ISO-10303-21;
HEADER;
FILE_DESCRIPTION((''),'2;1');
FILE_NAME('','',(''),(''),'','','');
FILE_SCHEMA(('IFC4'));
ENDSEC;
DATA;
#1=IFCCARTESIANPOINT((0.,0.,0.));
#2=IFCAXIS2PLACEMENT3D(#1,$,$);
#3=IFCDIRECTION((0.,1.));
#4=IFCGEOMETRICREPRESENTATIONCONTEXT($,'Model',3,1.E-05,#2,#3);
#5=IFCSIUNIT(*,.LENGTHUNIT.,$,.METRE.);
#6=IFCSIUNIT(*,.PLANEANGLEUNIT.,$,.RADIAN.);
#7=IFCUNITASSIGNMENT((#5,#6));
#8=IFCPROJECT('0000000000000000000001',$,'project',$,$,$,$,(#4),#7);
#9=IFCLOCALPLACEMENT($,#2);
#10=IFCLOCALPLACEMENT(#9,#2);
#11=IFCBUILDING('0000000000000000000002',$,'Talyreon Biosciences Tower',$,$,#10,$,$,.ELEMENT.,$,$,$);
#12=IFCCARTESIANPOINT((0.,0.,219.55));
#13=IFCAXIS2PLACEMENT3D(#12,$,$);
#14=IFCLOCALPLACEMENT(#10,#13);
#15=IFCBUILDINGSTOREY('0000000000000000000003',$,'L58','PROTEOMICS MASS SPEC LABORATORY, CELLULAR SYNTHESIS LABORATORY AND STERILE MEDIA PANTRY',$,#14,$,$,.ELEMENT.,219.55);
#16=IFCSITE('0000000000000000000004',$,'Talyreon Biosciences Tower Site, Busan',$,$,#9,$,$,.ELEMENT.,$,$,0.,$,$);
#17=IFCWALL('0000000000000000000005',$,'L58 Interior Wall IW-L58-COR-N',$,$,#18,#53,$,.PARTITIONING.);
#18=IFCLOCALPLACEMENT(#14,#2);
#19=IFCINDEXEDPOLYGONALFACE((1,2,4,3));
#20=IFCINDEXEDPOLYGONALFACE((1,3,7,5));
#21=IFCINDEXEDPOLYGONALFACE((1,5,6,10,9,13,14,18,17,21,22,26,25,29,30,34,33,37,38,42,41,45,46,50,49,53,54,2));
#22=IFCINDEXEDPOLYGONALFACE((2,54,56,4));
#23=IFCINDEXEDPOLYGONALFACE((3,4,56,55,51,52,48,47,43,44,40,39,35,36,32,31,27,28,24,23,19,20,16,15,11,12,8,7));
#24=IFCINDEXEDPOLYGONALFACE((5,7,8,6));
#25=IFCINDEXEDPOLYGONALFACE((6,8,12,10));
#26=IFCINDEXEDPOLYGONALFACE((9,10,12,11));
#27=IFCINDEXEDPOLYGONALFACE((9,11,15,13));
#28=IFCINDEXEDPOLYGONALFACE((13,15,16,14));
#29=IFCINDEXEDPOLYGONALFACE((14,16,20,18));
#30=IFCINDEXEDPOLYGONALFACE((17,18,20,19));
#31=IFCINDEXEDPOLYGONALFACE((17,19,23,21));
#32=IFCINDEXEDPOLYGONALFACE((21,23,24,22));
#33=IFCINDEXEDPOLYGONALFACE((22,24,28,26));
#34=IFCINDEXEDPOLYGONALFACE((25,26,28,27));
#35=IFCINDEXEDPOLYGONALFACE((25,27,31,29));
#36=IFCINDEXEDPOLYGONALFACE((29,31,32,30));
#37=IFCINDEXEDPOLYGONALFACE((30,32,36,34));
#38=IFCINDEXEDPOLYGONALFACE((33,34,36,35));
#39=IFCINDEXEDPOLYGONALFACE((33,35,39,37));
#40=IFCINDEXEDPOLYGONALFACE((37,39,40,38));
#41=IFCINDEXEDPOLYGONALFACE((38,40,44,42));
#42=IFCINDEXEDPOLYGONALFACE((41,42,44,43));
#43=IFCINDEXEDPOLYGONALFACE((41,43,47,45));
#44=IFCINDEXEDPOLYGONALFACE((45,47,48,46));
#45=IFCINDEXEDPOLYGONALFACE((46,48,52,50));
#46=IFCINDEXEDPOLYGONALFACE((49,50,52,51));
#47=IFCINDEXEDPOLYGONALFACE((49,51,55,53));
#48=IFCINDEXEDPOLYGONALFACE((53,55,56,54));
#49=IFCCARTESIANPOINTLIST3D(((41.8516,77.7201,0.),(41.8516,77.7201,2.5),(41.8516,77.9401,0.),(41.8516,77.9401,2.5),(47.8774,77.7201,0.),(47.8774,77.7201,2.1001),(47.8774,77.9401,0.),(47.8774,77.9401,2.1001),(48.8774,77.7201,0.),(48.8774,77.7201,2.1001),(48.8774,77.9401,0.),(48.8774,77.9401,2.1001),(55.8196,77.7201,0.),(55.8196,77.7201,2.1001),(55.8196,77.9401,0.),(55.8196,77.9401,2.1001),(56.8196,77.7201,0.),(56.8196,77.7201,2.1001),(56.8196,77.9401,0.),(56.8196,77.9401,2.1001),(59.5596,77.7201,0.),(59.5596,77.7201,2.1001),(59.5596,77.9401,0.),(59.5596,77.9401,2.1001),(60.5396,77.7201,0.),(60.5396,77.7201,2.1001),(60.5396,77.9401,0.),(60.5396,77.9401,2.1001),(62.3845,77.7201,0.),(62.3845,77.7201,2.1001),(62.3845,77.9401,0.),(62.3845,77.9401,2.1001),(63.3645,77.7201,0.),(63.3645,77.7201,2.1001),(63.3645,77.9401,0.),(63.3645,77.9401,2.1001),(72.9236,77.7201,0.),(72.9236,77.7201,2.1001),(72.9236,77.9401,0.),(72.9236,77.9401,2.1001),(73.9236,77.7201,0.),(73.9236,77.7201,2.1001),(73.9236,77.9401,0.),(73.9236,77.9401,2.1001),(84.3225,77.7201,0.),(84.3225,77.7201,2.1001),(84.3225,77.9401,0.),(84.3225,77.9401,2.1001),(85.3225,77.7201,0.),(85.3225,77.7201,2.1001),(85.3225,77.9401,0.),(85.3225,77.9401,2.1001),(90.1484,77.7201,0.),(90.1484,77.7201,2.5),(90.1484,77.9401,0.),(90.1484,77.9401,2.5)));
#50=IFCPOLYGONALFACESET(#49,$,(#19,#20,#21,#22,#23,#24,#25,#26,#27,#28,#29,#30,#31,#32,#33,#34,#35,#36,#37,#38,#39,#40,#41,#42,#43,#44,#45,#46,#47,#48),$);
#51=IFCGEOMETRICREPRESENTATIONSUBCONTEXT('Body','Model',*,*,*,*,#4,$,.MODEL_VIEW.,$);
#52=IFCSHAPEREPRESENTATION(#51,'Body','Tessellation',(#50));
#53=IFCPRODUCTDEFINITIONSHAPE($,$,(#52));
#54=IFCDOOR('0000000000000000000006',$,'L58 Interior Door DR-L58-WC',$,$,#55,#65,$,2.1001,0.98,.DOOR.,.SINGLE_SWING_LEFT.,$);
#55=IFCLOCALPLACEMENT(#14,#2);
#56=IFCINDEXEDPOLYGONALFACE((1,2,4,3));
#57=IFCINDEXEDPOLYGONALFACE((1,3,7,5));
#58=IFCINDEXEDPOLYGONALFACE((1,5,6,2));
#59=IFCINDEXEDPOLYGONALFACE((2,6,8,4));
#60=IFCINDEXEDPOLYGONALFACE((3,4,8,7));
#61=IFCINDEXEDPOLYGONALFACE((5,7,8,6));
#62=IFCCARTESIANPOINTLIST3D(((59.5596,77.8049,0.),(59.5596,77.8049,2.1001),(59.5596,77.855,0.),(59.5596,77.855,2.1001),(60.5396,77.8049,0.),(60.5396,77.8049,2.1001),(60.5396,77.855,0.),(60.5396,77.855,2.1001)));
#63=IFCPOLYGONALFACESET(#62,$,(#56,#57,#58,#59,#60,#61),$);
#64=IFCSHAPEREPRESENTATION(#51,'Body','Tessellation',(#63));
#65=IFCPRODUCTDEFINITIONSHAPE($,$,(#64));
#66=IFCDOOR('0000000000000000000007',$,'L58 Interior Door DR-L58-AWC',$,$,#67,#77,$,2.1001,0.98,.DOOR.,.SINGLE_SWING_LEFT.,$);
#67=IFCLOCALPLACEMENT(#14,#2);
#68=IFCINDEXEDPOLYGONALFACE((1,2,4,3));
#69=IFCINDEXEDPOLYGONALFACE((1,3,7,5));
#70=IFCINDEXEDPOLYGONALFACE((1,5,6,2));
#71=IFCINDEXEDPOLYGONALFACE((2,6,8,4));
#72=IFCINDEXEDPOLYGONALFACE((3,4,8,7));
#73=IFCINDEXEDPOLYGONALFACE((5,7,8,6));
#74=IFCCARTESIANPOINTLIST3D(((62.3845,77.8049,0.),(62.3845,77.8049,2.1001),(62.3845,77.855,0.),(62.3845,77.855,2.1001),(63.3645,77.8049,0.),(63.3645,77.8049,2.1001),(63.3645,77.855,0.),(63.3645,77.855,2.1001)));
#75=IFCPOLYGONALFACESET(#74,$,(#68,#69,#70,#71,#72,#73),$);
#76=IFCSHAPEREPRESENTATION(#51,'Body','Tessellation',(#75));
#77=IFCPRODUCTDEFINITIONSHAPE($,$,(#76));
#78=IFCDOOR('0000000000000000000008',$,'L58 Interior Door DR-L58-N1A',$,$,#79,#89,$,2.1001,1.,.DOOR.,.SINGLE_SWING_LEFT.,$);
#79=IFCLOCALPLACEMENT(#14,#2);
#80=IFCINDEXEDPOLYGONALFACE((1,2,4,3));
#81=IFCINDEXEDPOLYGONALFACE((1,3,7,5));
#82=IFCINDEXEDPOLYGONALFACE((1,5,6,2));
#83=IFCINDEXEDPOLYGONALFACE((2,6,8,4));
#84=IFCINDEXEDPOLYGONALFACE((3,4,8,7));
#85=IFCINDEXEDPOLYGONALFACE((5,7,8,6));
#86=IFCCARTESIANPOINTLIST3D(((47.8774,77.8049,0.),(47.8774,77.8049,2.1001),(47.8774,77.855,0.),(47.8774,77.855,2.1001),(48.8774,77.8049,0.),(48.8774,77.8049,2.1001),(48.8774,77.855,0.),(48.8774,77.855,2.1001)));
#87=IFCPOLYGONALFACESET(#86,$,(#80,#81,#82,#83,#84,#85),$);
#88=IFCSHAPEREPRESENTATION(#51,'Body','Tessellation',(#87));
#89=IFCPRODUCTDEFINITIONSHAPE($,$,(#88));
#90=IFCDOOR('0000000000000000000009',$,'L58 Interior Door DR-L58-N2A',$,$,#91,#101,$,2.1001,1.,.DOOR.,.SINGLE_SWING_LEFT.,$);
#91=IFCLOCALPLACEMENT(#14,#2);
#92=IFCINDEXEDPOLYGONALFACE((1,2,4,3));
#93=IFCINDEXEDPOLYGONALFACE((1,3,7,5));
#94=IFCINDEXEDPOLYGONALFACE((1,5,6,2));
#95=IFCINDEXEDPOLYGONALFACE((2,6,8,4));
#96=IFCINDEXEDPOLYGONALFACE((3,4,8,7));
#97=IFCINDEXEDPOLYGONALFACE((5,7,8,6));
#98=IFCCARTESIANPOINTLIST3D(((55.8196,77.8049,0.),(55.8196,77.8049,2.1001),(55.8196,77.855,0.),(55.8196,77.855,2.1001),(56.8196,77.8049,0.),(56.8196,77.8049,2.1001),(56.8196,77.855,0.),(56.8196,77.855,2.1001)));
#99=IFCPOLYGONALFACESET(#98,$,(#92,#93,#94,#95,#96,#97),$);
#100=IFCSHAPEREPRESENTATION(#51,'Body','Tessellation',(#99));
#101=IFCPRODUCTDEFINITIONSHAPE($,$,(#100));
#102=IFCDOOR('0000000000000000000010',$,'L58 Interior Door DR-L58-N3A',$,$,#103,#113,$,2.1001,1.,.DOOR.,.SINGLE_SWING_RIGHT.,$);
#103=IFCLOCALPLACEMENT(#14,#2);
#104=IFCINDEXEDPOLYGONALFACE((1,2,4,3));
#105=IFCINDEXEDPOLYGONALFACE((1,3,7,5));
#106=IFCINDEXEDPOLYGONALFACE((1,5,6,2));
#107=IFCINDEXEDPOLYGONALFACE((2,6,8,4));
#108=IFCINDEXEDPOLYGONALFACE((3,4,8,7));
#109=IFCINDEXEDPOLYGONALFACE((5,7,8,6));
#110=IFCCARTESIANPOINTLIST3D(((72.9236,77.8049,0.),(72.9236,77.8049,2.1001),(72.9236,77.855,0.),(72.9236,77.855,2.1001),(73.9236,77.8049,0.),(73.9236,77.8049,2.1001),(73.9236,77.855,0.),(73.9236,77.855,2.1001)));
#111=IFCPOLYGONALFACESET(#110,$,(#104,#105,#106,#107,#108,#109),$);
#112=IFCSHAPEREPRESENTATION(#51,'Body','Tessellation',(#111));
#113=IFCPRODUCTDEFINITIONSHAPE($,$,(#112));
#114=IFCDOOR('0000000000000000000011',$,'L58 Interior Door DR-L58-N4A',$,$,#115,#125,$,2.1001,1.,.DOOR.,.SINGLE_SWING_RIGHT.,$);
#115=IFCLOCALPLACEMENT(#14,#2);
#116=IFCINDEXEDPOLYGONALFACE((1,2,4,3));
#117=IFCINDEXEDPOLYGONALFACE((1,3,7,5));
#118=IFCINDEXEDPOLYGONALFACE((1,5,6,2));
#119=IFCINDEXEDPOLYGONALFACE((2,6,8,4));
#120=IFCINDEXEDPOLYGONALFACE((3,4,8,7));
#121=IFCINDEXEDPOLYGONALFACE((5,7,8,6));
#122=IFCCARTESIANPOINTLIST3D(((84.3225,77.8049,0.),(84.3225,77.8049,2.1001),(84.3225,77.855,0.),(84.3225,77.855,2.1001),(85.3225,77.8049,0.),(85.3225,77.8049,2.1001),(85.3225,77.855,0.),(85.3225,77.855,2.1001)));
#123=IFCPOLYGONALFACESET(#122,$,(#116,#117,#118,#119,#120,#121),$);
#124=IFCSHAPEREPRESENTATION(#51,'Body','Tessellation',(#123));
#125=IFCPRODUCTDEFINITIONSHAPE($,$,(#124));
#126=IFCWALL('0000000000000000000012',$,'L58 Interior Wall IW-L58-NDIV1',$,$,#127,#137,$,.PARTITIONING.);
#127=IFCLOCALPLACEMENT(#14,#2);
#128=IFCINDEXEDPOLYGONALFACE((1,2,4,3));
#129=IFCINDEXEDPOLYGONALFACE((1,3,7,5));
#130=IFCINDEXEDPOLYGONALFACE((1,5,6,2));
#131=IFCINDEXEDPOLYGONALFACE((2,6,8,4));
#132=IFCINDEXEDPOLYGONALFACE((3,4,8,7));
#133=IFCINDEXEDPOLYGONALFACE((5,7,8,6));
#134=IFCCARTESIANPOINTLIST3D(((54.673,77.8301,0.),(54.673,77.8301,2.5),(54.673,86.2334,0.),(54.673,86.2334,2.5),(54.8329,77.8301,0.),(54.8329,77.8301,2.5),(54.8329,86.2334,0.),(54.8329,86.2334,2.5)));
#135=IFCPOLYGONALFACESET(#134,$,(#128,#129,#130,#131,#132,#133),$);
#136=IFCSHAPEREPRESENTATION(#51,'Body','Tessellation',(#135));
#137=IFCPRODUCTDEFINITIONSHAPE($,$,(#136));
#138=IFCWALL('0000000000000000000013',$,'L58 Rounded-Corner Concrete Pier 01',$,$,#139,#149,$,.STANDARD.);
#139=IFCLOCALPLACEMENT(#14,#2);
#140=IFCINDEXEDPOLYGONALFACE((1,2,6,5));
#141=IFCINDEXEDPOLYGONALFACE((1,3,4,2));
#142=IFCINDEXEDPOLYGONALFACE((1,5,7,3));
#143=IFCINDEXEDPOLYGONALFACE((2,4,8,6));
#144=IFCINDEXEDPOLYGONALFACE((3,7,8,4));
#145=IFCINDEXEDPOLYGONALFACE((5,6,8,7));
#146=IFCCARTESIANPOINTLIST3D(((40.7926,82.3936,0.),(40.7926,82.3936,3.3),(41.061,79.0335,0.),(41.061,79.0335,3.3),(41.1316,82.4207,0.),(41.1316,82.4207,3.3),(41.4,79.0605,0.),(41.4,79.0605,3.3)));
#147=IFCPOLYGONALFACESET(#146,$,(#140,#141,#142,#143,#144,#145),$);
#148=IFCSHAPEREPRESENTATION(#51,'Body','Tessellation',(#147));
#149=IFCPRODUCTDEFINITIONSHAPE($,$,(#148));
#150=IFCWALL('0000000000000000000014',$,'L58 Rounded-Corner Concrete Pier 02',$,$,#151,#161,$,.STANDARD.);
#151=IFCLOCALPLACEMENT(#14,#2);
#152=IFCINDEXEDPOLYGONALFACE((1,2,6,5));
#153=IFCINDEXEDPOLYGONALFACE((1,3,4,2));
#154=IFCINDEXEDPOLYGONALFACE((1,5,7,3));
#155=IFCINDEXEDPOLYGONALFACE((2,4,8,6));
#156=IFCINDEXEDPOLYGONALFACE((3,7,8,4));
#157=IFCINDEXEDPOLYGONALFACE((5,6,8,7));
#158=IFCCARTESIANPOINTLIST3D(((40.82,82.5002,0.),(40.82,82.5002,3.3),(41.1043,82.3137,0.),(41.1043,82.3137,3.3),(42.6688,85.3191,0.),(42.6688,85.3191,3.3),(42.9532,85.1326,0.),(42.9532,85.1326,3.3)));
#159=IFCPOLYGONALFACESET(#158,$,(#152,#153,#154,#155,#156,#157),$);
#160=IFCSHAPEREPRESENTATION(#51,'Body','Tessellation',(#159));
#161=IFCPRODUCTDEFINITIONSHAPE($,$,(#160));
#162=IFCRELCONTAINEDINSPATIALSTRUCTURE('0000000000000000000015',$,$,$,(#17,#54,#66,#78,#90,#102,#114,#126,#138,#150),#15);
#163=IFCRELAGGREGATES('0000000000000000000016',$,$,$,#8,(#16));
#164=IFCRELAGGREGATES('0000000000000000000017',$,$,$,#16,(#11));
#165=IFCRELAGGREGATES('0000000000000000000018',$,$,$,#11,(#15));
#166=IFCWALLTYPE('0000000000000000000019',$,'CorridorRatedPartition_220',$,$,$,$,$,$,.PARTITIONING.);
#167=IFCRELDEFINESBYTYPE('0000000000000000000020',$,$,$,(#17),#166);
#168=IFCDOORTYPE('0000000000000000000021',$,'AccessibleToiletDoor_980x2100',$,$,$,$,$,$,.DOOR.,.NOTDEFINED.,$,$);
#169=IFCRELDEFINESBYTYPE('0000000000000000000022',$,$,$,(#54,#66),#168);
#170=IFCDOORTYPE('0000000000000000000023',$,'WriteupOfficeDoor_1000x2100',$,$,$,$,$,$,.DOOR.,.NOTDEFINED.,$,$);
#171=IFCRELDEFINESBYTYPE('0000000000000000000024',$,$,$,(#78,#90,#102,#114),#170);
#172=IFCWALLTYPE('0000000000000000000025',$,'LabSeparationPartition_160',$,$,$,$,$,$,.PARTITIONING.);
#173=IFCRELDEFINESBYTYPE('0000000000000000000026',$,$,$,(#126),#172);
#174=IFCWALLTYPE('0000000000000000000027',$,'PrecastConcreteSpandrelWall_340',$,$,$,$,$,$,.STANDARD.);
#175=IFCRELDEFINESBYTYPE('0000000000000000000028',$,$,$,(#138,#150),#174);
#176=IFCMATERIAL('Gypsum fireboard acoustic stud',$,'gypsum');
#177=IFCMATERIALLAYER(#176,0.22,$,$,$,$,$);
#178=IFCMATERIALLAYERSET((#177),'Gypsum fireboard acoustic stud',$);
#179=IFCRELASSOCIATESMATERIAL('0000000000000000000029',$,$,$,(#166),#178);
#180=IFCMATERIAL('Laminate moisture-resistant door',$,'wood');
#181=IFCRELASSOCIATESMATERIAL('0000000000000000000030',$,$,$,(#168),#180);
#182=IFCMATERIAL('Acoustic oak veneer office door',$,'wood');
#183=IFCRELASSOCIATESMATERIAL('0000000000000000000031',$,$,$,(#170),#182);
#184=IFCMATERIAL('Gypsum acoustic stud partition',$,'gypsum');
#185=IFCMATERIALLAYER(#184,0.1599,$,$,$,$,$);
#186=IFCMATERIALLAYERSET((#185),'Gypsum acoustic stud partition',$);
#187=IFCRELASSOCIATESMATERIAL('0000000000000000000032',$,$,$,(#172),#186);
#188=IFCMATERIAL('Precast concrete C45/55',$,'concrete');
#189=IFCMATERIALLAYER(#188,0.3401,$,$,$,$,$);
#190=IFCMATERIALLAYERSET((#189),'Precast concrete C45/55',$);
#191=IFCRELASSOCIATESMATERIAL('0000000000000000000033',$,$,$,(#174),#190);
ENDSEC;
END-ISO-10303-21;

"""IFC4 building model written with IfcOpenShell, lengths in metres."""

from ifc_helpers import new_model, si_unit, direction, frame, frame_2d, origin, place, context, subcontext, project, spatial, rectangle, extrude, material, layer, layer_set, type_object, element, fill, save


model = new_model("IFC4")

# Units and contexts
model_context = context("Model", 3, precision=1e-05, world=origin(), true_north=direction((0.0, 1.0)))
body_context = subcontext(model_context, "Body", "Model", "MODEL_VIEW")
ifc_project = project(units=[si_unit("LENGTHUNIT", "METRE"), si_unit("PLANEANGLEUNIT", "RADIAN")], contexts=[model_context])

# Site, building, storey
site_placement = place(None, origin())
site = spatial("IfcSite", under=ifc_project, at=site_placement, Name="Talyreon Biosciences Tower Site, Busan", CompositionType="ELEMENT", RefElevation=0.0)
building_placement = place(site_placement, origin())
building = spatial("IfcBuilding", under=site, at=building_placement, Name="Talyreon Biosciences Tower", CompositionType="ELEMENT")
storey_placement = place(building_placement, frame((0.0, 0.0, 219.55)))
storey = spatial("IfcBuildingStorey", under=building, at=storey_placement, Name="L58", Description="PROTEOMICS MASS SPEC LABORATORY, CELLULAR SYNTHESIS LABORATORY AND STERILE MEDIA PANTRY", CompositionType="ELEMENT", Elevation=219.55)

# Shared definitions
ifc_material_1 = material(Name="Precast concrete C45/55", Category="concrete")

# Wall, openings, doors
ifc_material_2 = material(Name="Gypsum fireboard acoustic stud", Category="gypsum")
ifc_layer_1 = layer(ifc_material_2, 0.22)
ifc_layer_set_1 = layer_set([ifc_layer_1], Name="Gypsum fireboard acoustic stud")
wall_type_1 = type_object("IfcWallType", Name="CorridorRatedPartition_220", PredefinedType="PARTITIONING", material=ifc_layer_set_1)
wall_1_placement = place(storey_placement, frame((41.8516, 77.8301, 0.0), z_axis=(0.0, 0.0, 1.0), x_axis=(1.0, 0.0, 0.0)))
wall_1 = element("IfcWall", 1, at=wall_1_placement, inside=storey, type_object=wall_type_1, Name="L58 Interior Wall IW-L58-COR-N", PredefinedType="PARTITIONING", context=body_context, shape_type="SweptSolid", body=[
    extrude(rectangle(XDim=48.2969, YDim=0.22, at=frame_2d((24.1484, 0.0))), origin(), (0.0, 0.0, 1.0), 2.5),
])
opening_1_placement = place(wall_1_placement, frame((17.708, 0.0, 0.0)))
opening_1 = element("IfcOpeningElement", 2, at=opening_1_placement, cuts=wall_1, PredefinedType="OPENING", context=body_context, shape_type="SweptSolid", body=[
    extrude(rectangle(XDim=0.98, YDim=2.1001, at=frame_2d((0.49, 1.05))), frame((0.0, 0.1199, 0.0), z_axis=(0.0, -1.0, 0.0), x_axis=(1.0, 0.0, 0.0)), (0.0, 0.0, 1.0), 0.24),
])
opening_2_placement = place(wall_1_placement, frame((20.533, 0.0, 0.0)))
opening_2 = element("IfcOpeningElement", 3, at=opening_2_placement, cuts=wall_1, PredefinedType="OPENING", context=body_context, shape_type="SweptSolid", body=[
    extrude(rectangle(XDim=0.98, YDim=2.1001, at=frame_2d((0.49, 1.05))), frame((0.0, 0.1199, 0.0), z_axis=(0.0, -1.0, 0.0), x_axis=(1.0, 0.0, 0.0)), (0.0, 0.0, 1.0), 0.24),
])
opening_3_placement = place(wall_1_placement, frame((6.0259, 0.0, 0.0)))
opening_3 = element("IfcOpeningElement", 4, at=opening_3_placement, cuts=wall_1, PredefinedType="OPENING", context=body_context, shape_type="SweptSolid", body=[
    extrude(rectangle(XDim=1.0, YDim=2.1001, at=frame_2d((0.5, 1.05))), frame((0.0, 0.1199, 0.0), z_axis=(0.0, -1.0, 0.0), x_axis=(1.0, 0.0, 0.0)), (0.0, 0.0, 1.0), 0.24),
])
opening_4_placement = place(wall_1_placement, frame((13.968, 0.0, 0.0)))
opening_4 = element("IfcOpeningElement", 5, at=opening_4_placement, cuts=wall_1, PredefinedType="OPENING", context=body_context, shape_type="SweptSolid", body=[
    extrude(rectangle(XDim=1.0, YDim=2.1001, at=frame_2d((0.5, 1.05))), frame((0.0, 0.1199, 0.0), z_axis=(0.0, -1.0, 0.0), x_axis=(1.0, 0.0, 0.0)), (0.0, 0.0, 1.0), 0.24),
])
opening_5_placement = place(wall_1_placement, frame((31.072, 0.0, 0.0)))
opening_5 = element("IfcOpeningElement", 6, at=opening_5_placement, cuts=wall_1, PredefinedType="OPENING", context=body_context, shape_type="SweptSolid", body=[
    extrude(rectangle(XDim=1.0, YDim=2.1001, at=frame_2d((0.5, 1.05))), frame((0.0, 0.1199, 0.0), z_axis=(0.0, -1.0, 0.0), x_axis=(1.0, 0.0, 0.0)), (0.0, 0.0, 1.0), 0.24),
])
opening_6_placement = place(wall_1_placement, frame((42.4709, 0.0, 0.0)))
opening_6 = element("IfcOpeningElement", 7, at=opening_6_placement, cuts=wall_1, PredefinedType="OPENING", context=body_context, shape_type="SweptSolid", body=[
    extrude(rectangle(XDim=1.0, YDim=2.1001, at=frame_2d((0.5, 1.05))), frame((0.0, 0.1199, 0.0), z_axis=(0.0, -1.0, 0.0), x_axis=(1.0, 0.0, 0.0)), (0.0, 0.0, 1.0), 0.24),
])
ifc_material_3 = material(Name="Laminate moisture-resistant door", Category="wood")
door_type_1 = type_object("IfcDoorType", Name="AccessibleToiletDoor_980x2100", OperationType="NOTDEFINED", PredefinedType="DOOR", material=ifc_material_3)
door_1_placement = place(opening_1_placement, origin())
door_1 = element("IfcDoor", 8, at=door_1_placement, inside=storey, type_object=door_type_1, Name="L58 Interior Door DR-L58-WC", OperationType="SINGLE_SWING_LEFT", OverallHeight=2.1001, OverallWidth=0.98, PredefinedType="DOOR", context=body_context, shape_type="SweptSolid", body=[
    extrude(rectangle(XDim=0.98, YDim=2.1001, at=frame_2d((0.49, 1.05))), frame((0.0, 0.0249, 0.0), z_axis=(0.0, -1.0, 0.0), x_axis=(1.0, 0.0, 0.0)), (0.0, 0.0, 1.0), 0.05),
])
fill(opening_1, door_1)
door_2_placement = place(opening_2_placement, origin())
door_2 = element("IfcDoor", 9, at=door_2_placement, inside=storey, type_object=door_type_1, Name="L58 Interior Door DR-L58-AWC", OperationType="SINGLE_SWING_LEFT", OverallHeight=2.1001, OverallWidth=0.98, PredefinedType="DOOR", context=body_context, shape_type="SweptSolid", body=[
    extrude(rectangle(XDim=0.98, YDim=2.1001, at=frame_2d((0.49, 1.05))), frame((0.0, 0.0249, 0.0), z_axis=(0.0, -1.0, 0.0), x_axis=(1.0, 0.0, 0.0)), (0.0, 0.0, 1.0), 0.05),
])
fill(opening_2, door_2)
ifc_material_4 = material(Name="Acoustic oak veneer office door", Category="wood")
door_type_2 = type_object("IfcDoorType", Name="WriteupOfficeDoor_1000x2100", OperationType="NOTDEFINED", PredefinedType="DOOR", material=ifc_material_4)
door_3_placement = place(opening_3_placement, origin())
door_3 = element("IfcDoor", 10, at=door_3_placement, inside=storey, type_object=door_type_2, Name="L58 Interior Door DR-L58-N1A", OperationType="SINGLE_SWING_LEFT", OverallHeight=2.1001, OverallWidth=1.0, PredefinedType="DOOR", context=body_context, shape_type="SweptSolid", body=[
    extrude(rectangle(XDim=1.0, YDim=2.1001, at=frame_2d((0.5, 1.05))), frame((0.0, 0.0249, 0.0), z_axis=(0.0, -1.0, 0.0), x_axis=(1.0, 0.0, 0.0)), (0.0, 0.0, 1.0), 0.05),
])
fill(opening_3, door_3)
door_4_placement = place(opening_4_placement, origin())
door_4 = element("IfcDoor", 11, at=door_4_placement, inside=storey, type_object=door_type_2, Name="L58 Interior Door DR-L58-N2A", OperationType="SINGLE_SWING_LEFT", OverallHeight=2.1001, OverallWidth=1.0, PredefinedType="DOOR", context=body_context, shape_type="SweptSolid", body=[
    extrude(rectangle(XDim=1.0, YDim=2.1001, at=frame_2d((0.5, 1.05))), frame((0.0, 0.0249, 0.0), z_axis=(0.0, -1.0, 0.0), x_axis=(1.0, 0.0, 0.0)), (0.0, 0.0, 1.0), 0.05),
])
fill(opening_4, door_4)
door_5_placement = place(opening_5_placement, origin())
door_5 = element("IfcDoor", 12, at=door_5_placement, inside=storey, type_object=door_type_2, Name="L58 Interior Door DR-L58-N3A", OperationType="SINGLE_SWING_RIGHT", OverallHeight=2.1001, OverallWidth=1.0, PredefinedType="DOOR", context=body_context, shape_type="SweptSolid", body=[
    extrude(rectangle(XDim=1.0, YDim=2.1001, at=frame_2d((0.5, 1.05))), frame((0.0, 0.0249, 0.0), z_axis=(0.0, -1.0, 0.0), x_axis=(1.0, 0.0, 0.0)), (0.0, 0.0, 1.0), 0.05),
])
fill(opening_5, door_5)
door_6_placement = place(opening_6_placement, origin())
door_6 = element("IfcDoor", 13, at=door_6_placement, inside=storey, type_object=door_type_2, Name="L58 Interior Door DR-L58-N4A", OperationType="SINGLE_SWING_RIGHT", OverallHeight=2.1001, OverallWidth=1.0, PredefinedType="DOOR", context=body_context, shape_type="SweptSolid", body=[
    extrude(rectangle(XDim=1.0, YDim=2.1001, at=frame_2d((0.5, 1.05))), frame((0.0, 0.0249, 0.0), z_axis=(0.0, -1.0, 0.0), x_axis=(1.0, 0.0, 0.0)), (0.0, 0.0, 1.0), 0.05),
])
fill(opening_6, door_6)

# Walls
ifc_material_5 = material(Name="Gypsum acoustic stud partition", Category="gypsum")
ifc_layer_2 = layer(ifc_material_5, 0.1599)
ifc_layer_set_2 = layer_set([ifc_layer_2], Name="Gypsum acoustic stud partition")
wall_type_2 = type_object("IfcWallType", Name="LabSeparationPartition_160", PredefinedType="PARTITIONING", material=ifc_layer_set_2)
wall_2_placement = place(storey_placement, frame((54.7529, 77.8301, 0.0), z_axis=(0.0, 0.0, 1.0), x_axis=(0.0, 1.0, 0.0)))
element("IfcWall", 14, at=wall_2_placement, inside=storey, type_object=wall_type_2, Name="L58 Interior Wall IW-L58-NDIV1", PredefinedType="PARTITIONING", context=body_context, shape_type="SweptSolid", body=[
    extrude(rectangle(XDim=8.4033, YDim=0.1599, at=frame_2d((4.2017, 0.0))), origin(), (0.0, 0.0, 1.0), 2.5),
])
ifc_layer_3 = layer(ifc_material_1, 0.3401)
ifc_layer_set_3 = layer_set([ifc_layer_3], Name="Precast concrete C45/55")
wall_type_3 = type_object("IfcWallType", Name="PrecastConcreteSpandrelWall_340", PredefinedType="STANDARD", material=ifc_layer_set_3)
wall_3_placement = place(storey_placement, frame((41.2305, 79.0469, 0.0), z_axis=(0.0, 0.0, 1.0), x_axis=(-0.079598, 0.996827, 0.0)))
element("IfcWall", 15, at=wall_3_placement, inside=storey, type_object=wall_type_3, Name="L58 Rounded-Corner Concrete Pier 01", PredefinedType="STANDARD", context=body_context, shape_type="SweptSolid", body=[
    extrude(rectangle(XDim=3.3708, YDim=0.3401, at=frame_2d((1.6855, 0.0))), origin(), (0.0, 0.0, 1.0), 3.3),
])
wall_4_placement = place(storey_placement, frame((40.9622, 82.407, 0.0), z_axis=(0.0, 0.0, 1.0), x_axis=(0.548451, 0.836183, 0.0)))
element("IfcWall", 16, at=wall_4_placement, inside=storey, type_object=wall_type_3, Name="L58 Rounded-Corner Concrete Pier 02", PredefinedType="STANDARD", context=body_context, shape_type="SweptSolid", body=[
    extrude(rectangle(XDim=3.3711, YDim=0.3401, at=frame_2d((1.6855, 0.0))), origin(), (0.0, 0.0, 1.0), 3.3),
])

save(model, "model.ifc")
